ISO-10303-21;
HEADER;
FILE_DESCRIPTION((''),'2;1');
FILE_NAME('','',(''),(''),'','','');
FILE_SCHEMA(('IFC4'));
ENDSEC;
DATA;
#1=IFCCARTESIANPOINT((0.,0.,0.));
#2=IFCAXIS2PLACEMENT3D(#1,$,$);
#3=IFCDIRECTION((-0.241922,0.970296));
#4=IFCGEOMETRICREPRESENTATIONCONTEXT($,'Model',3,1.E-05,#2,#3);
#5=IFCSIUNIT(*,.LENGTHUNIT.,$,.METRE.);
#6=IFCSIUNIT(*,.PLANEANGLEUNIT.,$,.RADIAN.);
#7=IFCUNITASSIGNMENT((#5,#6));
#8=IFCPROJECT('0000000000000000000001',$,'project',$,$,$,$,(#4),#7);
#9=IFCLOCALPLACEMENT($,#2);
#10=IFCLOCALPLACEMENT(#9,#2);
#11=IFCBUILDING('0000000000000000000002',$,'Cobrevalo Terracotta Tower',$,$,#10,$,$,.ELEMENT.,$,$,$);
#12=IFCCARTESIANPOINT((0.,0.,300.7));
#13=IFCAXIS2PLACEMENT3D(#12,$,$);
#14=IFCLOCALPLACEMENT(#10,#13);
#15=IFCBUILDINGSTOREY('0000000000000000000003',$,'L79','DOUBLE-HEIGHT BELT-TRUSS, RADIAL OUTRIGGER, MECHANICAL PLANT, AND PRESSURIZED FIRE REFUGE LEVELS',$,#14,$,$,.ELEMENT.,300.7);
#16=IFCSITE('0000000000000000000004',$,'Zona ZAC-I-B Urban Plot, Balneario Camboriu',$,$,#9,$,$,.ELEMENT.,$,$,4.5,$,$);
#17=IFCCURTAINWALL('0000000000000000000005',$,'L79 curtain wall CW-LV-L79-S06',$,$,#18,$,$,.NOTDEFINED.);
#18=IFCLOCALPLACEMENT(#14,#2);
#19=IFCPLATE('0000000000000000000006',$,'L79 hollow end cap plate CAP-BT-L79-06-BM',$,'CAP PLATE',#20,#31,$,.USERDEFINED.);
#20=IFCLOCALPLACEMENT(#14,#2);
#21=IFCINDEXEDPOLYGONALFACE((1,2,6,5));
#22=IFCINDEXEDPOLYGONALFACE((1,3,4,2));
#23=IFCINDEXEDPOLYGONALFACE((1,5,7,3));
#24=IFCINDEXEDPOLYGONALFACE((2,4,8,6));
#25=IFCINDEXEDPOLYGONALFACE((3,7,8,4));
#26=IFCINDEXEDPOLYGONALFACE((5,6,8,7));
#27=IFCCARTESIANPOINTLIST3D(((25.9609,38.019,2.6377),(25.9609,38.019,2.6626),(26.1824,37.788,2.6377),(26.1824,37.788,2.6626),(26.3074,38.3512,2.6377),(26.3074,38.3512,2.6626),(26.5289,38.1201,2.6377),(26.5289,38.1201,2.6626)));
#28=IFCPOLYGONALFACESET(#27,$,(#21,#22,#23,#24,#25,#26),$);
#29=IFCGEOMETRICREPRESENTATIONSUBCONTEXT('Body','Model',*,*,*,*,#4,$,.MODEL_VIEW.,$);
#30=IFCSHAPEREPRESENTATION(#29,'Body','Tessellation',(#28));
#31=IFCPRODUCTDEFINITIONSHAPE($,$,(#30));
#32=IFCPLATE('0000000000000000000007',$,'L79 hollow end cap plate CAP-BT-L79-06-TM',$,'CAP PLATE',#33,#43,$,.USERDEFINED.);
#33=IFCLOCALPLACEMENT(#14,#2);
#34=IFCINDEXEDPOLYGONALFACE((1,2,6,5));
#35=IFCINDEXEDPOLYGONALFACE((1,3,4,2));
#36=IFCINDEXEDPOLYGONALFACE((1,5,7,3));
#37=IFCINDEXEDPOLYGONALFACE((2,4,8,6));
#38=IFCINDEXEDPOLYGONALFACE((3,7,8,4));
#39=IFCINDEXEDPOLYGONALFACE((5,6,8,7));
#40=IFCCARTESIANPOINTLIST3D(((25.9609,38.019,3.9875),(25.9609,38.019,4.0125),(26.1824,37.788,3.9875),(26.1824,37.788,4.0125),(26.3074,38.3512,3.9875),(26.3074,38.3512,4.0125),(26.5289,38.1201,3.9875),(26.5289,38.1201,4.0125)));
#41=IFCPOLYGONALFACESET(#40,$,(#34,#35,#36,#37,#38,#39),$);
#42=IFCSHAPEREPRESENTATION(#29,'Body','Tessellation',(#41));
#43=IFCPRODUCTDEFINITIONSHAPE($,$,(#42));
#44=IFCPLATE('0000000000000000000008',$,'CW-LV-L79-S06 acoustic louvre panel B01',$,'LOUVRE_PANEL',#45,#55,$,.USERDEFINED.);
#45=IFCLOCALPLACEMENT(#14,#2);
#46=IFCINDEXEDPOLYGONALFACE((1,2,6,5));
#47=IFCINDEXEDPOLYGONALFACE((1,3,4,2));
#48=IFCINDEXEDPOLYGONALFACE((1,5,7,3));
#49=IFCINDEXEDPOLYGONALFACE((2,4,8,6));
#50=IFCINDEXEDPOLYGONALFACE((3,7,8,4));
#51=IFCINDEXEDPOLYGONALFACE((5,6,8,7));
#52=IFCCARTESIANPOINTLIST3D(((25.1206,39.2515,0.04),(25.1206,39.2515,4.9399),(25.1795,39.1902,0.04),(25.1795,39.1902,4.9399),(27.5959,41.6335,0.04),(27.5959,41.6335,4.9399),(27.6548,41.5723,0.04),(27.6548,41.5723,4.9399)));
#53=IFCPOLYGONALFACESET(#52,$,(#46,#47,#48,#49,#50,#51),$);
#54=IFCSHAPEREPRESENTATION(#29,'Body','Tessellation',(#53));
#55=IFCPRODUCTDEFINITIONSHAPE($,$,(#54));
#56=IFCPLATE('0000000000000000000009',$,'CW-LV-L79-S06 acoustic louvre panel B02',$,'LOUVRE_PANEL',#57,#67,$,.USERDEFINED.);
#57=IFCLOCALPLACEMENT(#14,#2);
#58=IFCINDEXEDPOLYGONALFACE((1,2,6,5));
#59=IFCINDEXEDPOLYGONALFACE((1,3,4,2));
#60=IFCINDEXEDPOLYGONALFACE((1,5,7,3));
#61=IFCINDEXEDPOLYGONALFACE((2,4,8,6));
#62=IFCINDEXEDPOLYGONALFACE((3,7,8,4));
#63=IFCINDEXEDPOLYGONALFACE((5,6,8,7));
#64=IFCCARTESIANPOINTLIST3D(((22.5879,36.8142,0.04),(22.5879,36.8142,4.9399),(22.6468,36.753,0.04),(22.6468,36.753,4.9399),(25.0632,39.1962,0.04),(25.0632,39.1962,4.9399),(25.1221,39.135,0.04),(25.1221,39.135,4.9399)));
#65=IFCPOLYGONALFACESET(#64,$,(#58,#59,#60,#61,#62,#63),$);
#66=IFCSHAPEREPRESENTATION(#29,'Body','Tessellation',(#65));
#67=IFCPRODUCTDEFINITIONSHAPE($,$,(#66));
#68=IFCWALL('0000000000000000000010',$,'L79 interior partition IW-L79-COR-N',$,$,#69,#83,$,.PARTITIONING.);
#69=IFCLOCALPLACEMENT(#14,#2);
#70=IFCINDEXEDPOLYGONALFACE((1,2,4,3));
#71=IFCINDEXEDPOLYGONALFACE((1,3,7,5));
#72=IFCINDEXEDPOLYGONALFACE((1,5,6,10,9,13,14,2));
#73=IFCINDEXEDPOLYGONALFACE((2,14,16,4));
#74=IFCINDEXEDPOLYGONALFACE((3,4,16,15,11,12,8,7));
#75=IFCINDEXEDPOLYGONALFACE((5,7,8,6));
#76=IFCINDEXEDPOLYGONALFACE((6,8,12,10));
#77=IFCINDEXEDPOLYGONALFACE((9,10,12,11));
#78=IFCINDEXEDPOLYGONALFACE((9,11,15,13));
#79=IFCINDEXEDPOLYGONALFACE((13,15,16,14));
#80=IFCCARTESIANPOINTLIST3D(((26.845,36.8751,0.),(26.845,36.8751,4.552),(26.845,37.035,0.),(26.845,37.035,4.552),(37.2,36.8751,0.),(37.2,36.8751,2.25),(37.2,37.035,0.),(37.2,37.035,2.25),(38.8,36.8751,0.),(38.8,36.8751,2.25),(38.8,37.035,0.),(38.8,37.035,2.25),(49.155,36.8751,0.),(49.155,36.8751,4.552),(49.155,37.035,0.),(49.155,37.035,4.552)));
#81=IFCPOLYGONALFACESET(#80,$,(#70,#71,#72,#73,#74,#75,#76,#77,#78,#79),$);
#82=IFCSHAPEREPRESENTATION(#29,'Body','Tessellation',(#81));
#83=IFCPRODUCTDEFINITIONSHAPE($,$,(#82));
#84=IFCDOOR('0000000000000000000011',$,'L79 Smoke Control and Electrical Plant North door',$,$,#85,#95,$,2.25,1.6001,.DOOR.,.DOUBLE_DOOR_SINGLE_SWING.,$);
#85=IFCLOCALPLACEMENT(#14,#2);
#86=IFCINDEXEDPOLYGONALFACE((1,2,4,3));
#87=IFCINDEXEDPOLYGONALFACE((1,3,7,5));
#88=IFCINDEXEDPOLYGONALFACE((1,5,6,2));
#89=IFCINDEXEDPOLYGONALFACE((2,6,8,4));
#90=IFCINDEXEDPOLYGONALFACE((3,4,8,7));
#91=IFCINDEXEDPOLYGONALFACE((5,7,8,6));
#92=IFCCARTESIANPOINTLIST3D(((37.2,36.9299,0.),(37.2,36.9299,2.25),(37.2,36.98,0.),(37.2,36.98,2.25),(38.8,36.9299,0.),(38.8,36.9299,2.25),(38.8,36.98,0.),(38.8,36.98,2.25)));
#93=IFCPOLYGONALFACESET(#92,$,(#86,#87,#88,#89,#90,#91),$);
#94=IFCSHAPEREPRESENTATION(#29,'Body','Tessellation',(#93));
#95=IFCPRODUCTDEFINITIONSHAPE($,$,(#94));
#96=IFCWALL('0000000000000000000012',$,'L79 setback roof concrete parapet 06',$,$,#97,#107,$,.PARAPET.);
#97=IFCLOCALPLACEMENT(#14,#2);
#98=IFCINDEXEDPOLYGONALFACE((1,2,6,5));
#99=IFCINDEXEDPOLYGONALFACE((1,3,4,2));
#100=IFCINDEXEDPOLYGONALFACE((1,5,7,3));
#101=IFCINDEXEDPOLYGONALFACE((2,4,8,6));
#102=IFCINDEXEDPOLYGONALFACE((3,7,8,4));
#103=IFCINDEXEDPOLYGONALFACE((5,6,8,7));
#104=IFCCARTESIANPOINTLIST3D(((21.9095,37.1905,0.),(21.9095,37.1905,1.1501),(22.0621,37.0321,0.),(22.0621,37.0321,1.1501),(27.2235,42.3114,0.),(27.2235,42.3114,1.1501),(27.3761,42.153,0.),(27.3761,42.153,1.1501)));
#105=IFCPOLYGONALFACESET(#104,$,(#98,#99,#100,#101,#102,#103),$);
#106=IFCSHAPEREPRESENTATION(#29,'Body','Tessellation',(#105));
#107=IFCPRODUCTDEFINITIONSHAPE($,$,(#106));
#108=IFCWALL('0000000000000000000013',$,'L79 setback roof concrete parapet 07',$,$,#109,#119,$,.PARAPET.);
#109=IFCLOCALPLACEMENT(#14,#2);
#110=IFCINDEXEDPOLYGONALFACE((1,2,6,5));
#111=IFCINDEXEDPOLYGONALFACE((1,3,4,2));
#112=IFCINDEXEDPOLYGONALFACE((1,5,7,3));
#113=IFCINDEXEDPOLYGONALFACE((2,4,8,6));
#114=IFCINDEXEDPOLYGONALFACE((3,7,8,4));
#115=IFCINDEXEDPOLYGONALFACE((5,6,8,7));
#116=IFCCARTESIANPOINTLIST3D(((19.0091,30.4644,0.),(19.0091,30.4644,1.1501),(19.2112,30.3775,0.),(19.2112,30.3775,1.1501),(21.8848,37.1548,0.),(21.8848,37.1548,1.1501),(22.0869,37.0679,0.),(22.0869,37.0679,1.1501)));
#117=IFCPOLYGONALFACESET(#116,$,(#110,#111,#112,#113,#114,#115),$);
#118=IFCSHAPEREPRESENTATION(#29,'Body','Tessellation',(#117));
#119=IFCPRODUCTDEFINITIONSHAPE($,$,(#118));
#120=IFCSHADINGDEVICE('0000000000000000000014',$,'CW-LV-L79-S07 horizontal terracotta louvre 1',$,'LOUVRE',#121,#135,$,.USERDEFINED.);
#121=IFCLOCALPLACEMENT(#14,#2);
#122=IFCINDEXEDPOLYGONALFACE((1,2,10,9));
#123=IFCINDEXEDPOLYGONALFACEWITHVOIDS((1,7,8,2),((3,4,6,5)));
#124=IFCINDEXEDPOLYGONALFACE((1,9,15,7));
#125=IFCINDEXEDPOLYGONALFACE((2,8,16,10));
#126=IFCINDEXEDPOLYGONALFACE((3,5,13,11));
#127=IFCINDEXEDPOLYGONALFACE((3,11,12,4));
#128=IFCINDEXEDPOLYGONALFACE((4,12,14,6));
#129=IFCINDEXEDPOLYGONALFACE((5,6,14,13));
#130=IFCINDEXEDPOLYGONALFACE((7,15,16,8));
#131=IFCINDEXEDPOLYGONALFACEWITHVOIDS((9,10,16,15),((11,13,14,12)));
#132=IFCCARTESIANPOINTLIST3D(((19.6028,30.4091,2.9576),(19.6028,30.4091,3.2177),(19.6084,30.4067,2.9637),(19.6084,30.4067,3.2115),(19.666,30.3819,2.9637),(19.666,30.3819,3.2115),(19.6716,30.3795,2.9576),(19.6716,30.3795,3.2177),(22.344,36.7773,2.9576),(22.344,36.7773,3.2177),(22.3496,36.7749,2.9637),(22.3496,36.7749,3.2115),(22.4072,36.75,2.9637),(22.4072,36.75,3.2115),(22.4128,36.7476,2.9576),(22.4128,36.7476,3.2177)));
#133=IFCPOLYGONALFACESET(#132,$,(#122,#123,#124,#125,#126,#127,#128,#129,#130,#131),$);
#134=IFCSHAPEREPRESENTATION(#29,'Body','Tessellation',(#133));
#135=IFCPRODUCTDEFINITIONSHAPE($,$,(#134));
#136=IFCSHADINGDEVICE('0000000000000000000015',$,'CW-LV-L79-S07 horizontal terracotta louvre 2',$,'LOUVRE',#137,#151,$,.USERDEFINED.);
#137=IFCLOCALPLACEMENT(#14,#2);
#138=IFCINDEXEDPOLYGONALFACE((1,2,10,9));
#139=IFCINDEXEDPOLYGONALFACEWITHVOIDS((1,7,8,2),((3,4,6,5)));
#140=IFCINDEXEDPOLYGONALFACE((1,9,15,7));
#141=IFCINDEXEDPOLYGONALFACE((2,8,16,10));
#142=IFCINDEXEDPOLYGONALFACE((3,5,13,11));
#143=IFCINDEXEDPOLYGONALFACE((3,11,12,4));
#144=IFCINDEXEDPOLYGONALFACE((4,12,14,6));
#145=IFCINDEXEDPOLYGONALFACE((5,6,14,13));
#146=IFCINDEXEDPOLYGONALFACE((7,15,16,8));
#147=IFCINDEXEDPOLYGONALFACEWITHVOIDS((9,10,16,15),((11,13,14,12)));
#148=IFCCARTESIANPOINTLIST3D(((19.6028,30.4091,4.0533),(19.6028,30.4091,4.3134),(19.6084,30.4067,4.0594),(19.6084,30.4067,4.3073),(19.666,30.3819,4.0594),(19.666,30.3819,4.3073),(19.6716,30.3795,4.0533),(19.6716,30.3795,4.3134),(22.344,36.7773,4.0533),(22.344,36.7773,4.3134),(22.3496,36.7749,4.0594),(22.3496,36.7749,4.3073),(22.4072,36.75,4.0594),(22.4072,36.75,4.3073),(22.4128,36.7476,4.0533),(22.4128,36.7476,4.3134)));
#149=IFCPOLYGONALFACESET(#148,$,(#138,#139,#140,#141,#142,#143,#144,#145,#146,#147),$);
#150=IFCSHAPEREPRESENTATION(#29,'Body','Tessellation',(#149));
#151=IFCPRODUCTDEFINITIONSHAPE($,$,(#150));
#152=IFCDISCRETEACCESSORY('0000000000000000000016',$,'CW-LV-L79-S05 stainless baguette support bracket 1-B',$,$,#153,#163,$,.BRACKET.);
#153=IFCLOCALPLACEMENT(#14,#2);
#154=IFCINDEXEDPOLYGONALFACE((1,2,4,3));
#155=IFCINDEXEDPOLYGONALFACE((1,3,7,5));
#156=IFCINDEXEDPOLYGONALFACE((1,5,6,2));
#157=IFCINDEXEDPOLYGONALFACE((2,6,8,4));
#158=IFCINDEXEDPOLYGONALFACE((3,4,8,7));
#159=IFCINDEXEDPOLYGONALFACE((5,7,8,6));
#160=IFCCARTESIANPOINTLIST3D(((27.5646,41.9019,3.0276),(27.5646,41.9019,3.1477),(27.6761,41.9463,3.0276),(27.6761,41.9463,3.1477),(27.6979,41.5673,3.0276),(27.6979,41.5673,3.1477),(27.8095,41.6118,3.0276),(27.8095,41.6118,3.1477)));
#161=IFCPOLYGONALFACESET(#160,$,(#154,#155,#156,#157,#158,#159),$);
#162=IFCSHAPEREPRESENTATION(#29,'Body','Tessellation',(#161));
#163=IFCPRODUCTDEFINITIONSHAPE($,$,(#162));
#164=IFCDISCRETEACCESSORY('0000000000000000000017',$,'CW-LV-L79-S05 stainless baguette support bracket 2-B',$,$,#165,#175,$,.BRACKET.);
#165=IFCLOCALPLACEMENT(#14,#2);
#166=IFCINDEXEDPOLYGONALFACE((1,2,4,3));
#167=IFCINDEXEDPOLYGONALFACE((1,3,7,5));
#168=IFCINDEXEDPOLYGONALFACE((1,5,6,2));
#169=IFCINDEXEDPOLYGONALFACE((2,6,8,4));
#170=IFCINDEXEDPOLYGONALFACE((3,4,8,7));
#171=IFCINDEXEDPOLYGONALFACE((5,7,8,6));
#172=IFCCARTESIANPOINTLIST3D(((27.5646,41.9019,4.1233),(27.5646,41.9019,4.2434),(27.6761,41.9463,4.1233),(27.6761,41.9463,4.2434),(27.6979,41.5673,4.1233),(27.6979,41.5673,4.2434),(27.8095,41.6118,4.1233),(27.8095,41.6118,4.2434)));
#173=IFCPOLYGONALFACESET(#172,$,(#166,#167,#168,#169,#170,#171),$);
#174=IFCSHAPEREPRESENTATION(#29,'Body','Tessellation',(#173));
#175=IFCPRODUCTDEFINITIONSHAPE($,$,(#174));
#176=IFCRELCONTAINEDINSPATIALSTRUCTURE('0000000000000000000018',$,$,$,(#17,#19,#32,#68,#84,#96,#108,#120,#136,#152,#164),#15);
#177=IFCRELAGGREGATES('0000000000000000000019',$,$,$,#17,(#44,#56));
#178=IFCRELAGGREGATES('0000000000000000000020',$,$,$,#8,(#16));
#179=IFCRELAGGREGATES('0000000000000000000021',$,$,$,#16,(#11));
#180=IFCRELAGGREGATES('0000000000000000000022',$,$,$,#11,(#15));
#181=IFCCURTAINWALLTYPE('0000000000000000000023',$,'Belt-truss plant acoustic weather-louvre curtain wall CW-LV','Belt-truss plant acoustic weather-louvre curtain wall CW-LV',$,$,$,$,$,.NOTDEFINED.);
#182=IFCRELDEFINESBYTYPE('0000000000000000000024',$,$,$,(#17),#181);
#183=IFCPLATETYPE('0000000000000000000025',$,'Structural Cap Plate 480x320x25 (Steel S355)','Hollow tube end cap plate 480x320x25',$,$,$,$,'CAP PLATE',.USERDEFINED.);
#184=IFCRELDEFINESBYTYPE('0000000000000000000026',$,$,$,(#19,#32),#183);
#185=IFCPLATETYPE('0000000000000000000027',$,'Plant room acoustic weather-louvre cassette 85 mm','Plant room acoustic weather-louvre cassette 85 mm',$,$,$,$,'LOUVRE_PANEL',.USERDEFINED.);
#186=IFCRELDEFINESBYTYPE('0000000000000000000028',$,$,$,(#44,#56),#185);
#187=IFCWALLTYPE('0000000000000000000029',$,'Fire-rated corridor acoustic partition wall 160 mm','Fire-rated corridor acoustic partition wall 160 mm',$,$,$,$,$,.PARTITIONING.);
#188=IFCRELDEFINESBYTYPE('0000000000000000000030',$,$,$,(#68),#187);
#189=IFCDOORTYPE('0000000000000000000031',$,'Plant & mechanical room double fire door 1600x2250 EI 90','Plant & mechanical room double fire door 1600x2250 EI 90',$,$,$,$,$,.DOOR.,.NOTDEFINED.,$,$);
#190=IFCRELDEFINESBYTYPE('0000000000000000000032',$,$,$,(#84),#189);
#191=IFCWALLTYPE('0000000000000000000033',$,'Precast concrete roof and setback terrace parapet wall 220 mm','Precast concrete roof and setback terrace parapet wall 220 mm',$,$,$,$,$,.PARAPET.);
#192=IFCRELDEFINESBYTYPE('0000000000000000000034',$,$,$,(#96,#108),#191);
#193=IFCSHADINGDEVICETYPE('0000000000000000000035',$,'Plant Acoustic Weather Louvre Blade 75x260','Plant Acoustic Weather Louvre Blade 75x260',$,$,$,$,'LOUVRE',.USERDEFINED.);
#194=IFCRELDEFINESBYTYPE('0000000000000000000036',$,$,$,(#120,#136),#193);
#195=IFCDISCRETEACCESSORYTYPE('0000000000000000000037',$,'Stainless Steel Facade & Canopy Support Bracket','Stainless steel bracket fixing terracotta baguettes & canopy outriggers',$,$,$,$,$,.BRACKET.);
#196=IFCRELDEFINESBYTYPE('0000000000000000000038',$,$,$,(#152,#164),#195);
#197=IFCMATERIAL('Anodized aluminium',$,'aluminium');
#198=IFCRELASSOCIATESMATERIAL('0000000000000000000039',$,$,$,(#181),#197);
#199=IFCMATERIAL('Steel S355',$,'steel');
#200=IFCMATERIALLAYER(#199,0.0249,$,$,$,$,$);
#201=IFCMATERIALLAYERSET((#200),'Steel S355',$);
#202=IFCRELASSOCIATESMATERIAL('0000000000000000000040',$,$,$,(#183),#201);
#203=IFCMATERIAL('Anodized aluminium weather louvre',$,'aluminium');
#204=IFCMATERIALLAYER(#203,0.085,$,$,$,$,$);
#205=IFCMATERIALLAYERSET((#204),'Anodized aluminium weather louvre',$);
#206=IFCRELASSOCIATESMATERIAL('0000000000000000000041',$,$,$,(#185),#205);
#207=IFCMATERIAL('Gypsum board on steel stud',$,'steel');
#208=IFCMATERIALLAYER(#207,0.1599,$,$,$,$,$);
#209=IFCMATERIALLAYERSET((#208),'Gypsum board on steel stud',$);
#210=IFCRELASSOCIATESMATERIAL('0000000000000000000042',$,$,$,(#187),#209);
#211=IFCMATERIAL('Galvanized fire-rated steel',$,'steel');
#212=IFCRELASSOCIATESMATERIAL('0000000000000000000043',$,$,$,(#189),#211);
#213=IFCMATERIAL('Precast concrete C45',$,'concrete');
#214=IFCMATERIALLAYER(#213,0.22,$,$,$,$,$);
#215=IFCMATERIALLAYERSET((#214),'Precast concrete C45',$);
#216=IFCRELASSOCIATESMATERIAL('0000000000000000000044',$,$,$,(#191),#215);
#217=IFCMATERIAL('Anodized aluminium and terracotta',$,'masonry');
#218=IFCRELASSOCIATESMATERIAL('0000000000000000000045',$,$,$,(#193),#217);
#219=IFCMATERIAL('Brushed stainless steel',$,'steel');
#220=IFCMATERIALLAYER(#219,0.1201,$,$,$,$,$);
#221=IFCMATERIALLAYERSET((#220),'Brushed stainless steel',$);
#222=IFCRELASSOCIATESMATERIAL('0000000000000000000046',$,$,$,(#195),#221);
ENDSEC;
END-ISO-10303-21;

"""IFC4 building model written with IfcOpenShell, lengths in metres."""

from ifc_helpers import new_model, si_unit, direction, frame, frame_2d, origin, origin_2d, place, context, subcontext, project, spatial, rectangle, hollow_rectangle, extrude, source, transform, mapped, material, layer, layer_set, material_profile, profile_set, type_object, element, fill, aggregate, save


model = new_model("IFC4")

# Units and contexts
model_context = context("Model", 3, precision=1e-05, world=origin(), true_north=direction((-0.241922, 0.970296)))
body_context = subcontext(model_context, "Body", "Model", "MODEL_VIEW")
ifc_project = project(units=[si_unit("LENGTHUNIT", "METRE"), si_unit("PLANEANGLEUNIT", "RADIAN")], contexts=[model_context])

# Site, building, storey
site_placement = place(None, origin())
site = spatial("IfcSite", under=ifc_project, at=site_placement, Name="Zona ZAC-I-B Urban Plot, Balneario Camboriu", CompositionType="ELEMENT", RefElevation=4.5)
building_placement = place(site_placement, origin())
building = spatial("IfcBuilding", under=site, at=building_placement, Name="Cobrevalo Terracotta Tower", CompositionType="ELEMENT")
storey_placement = place(building_placement, frame((0.0, 0.0, 300.7)))
storey = spatial("IfcBuildingStorey", under=building, at=storey_placement, Name="L79", Description="DOUBLE-HEIGHT BELT-TRUSS, RADIAL OUTRIGGER, MECHANICAL PLANT, AND PRESSURIZED FIRE REFUGE LEVELS", CompositionType="ELEMENT", Elevation=300.7)

# Shared definitions
ifc_material_1 = material(Name="Steel S355", Category="steel")

# Shared definitions
ifc_material_2 = material(Name="Anodized aluminium", Category="aluminium")
curtain_wall_type = type_object("IfcCurtainWallType", Name="Belt-truss plant acoustic weather-louvre curtain wall CW-LV", Description="Belt-truss plant acoustic weather-louvre curtain wall CW-LV", PredefinedType="NOTDEFINED", material=ifc_material_2)

# Curtain wall
curtain_wall_1_placement = place(storey_placement, origin())
curtain_wall_1 = element("IfcCurtainWall", 1, at=curtain_wall_1_placement, inside=storey, type_object=curtain_wall_type, Name="L79 curtain wall CW-LV-L79-S06", PredefinedType="NOTDEFINED")

# Plates
ifc_layer_1 = layer(ifc_material_1, 0.0249)
ifc_layer_set_1 = layer_set([ifc_layer_1], Name="Steel S355")
plate_type_1 = type_object("IfcPlateType", Name="Structural Cap Plate 480x320x25 (Steel S355)", Description="Hollow tube end cap plate 480x320x25", ElementType="CAP PLATE", PredefinedType="USERDEFINED", material=ifc_layer_set_1)
shared_shape_1 = source(origin(), body_context, "Body", "SweptSolid", [
    extrude(rectangle(XDim=0.48, YDim=0.3201, at=origin_2d()), origin(), (0.0, 0.0, 1.0), 0.0249),
])
for number, where, z_axis, x_axis, name in (
    (2, (26.2449, 38.0696, 2.6377), (0.0, 0.0, 1.0), (-0.721856, -0.692044, 0.0), "L79 hollow end cap plate CAP-BT-L79-06-BM"),
    (3, (26.2449, 38.0696, 3.9875), (0.0, 0.0, 1.0), (-0.721856, -0.692044, 0.0), "L79 hollow end cap plate CAP-BT-L79-06-TM"),
):
    element("IfcPlate", number, at=place(storey_placement, frame(where, z_axis=z_axis, x_axis=x_axis)), inside=storey, type_object=plate_type_1, Name=name, ObjectType="CAP PLATE", PredefinedType="USERDEFINED", context=body_context, shape_type="MappedRepresentation", body=[
        mapped(shared_shape_1, transform((0.0, 0.0, 0.0), scale=1.0)),
    ])

# Plates
ifc_material_3 = material(Name="Anodized aluminium weather louvre", Category="aluminium")
ifc_layer_2 = layer(ifc_material_3, 0.085)
ifc_layer_set_2 = layer_set([ifc_layer_2], Name="Anodized aluminium weather louvre")
plate_type_2 = type_object("IfcPlateType", Name="Plant room acoustic weather-louvre cassette 85 mm", Description="Plant room acoustic weather-louvre cassette 85 mm", ElementType="LOUVRE_PANEL", PredefinedType="USERDEFINED", material=ifc_layer_set_2)
shared_shape_2 = source(origin(), body_context, "Body", "SweptSolid", [
    extrude(rectangle(XDim=3.4353, YDim=0.085, at=origin_2d()), origin(), (0.0, 0.0, 1.0), 4.8999),
])
plate_1_placement = place(storey_placement, frame((26.3877, 40.4119, 0.04), z_axis=(0.0, 0.0, 1.0), x_axis=(-0.720557, -0.693396, 0.0)))
plate_1 = element("IfcPlate", 4, at=plate_1_placement, type_object=plate_type_2, Name="CW-LV-L79-S06 acoustic louvre panel B01", ObjectType="LOUVRE_PANEL", PredefinedType="USERDEFINED", context=body_context, shape_type="MappedRepresentation", body=[
    mapped(shared_shape_2, transform((0.0, 0.0, 0.0), scale=1.0)),
])
plate_2_placement = place(storey_placement, frame((23.855, 37.9746, 0.04), z_axis=(0.0, 0.0, 1.0), x_axis=(-0.720557, -0.693396, 0.0)))
plate_2 = element("IfcPlate", 5, at=plate_2_placement, type_object=plate_type_2, Name="CW-LV-L79-S06 acoustic louvre panel B02", ObjectType="LOUVRE_PANEL", PredefinedType="USERDEFINED", context=body_context, shape_type="MappedRepresentation", body=[
    mapped(shared_shape_2, transform((0.0, 0.0, 0.0), scale=1.0)),
])
aggregate(curtain_wall_1, [plate_1, plate_2])

# Wall, opening, door
ifc_material_4 = material(Name="Gypsum board on steel stud", Category="steel")
ifc_layer_3 = layer(ifc_material_4, 0.1599)
ifc_layer_set_3 = layer_set([ifc_layer_3], Name="Gypsum board on steel stud")
wall_type_1 = type_object("IfcWallType", Name="Fire-rated corridor acoustic partition wall 160 mm", Description="Fire-rated corridor acoustic partition wall 160 mm", PredefinedType="PARTITIONING", material=ifc_layer_set_3)
wall_1_placement = place(storey_placement, frame((26.845, 36.9551, 0.0), z_axis=(0.0, 0.0, 1.0), x_axis=(1.0, 0.0, 0.0)))
wall_1 = element("IfcWall", 6, at=wall_1_placement, inside=storey, type_object=wall_type_1, Name="L79 interior partition IW-L79-COR-N", PredefinedType="PARTITIONING", context=body_context, shape_type="SweptSolid", body=[
    extrude(rectangle(XDim=22.3101, YDim=0.1599, at=frame_2d((11.155, 0.0))), origin(), (0.0, 0.0, 1.0), 4.552),
])
opening_placement = place(wall_1_placement, frame((10.355, 0.0, 0.0)))
opening = element("IfcOpeningElement", 7, at=opening_placement, cuts=wall_1, PredefinedType="OPENING", context=body_context, shape_type="SweptSolid", body=[
    extrude(rectangle(XDim=1.6001, YDim=2.25, at=frame_2d((0.8, 1.125))), frame((0.0, 0.0898, 0.0), z_axis=(0.0, -1.0, 0.0), x_axis=(1.0, 0.0, 0.0)), (0.0, 0.0, 1.0), 0.1799),
])
ifc_material_5 = material(Name="Galvanized fire-rated steel", Category="steel")
door_type = type_object("IfcDoorType", Name="Plant & mechanical room double fire door 1600x2250 EI 90", Description="Plant & mechanical room double fire door 1600x2250 EI 90", OperationType="NOTDEFINED", PredefinedType="DOOR", material=ifc_material_5)
shared_shape_3 = source(origin(), body_context, "Body", "SweptSolid", [
    extrude(rectangle(XDim=1.6001, YDim=2.25, at=frame_2d((0.8, 1.125))), frame((0.0, 0.0249, 0.0), z_axis=(0.0, -1.0, 0.0), x_axis=(1.0, 0.0, 0.0)), (0.0, 0.0, 1.0), 0.05),
])
door_placement = place(opening_placement, origin())
door = element("IfcDoor", 8, at=door_placement, inside=storey, type_object=door_type, Name="L79 Smoke Control and Electrical Plant North door", OperationType="DOUBLE_DOOR_SINGLE_SWING", OverallHeight=2.25, OverallWidth=1.6001, PredefinedType="DOOR", context=body_context, shape_type="MappedRepresentation", body=[
    mapped(shared_shape_3, transform((0.0, 0.0, 0.0), scale=1.0)),
])
fill(opening, door)

# Walls
ifc_material_6 = material(Name="Precast concrete C45", Category="concrete")
ifc_layer_4 = layer(ifc_material_6, 0.22)
ifc_layer_set_4 = layer_set([ifc_layer_4], Name="Precast concrete C45")
wall_type_2 = type_object("IfcWallType", Name="Precast concrete roof and setback terrace parapet wall 220 mm", Description="Precast concrete roof and setback terrace parapet wall 220 mm", PredefinedType="PARAPET", material=ifc_layer_set_4)
wall_2_placement = place(storey_placement, frame((27.2998, 42.2322, 0.0), z_axis=(0.0, 0.0, 1.0), x_axis=(-0.72007, -0.693902, 0.0)))
element("IfcWall", 9, at=wall_2_placement, inside=storey, type_object=wall_type_2, Name="L79 setback roof concrete parapet 06", PredefinedType="PARAPET", context=body_context, shape_type="SweptSolid", body=[
    extrude(rectangle(XDim=7.3799, YDim=0.22, at=frame_2d((3.6899, 0.0))), origin(), (0.0, 0.0, 1.0), 1.1501),
])
wall_3_placement = place(storey_placement, frame((21.9858, 37.1113, 0.0), z_axis=(0.0, 0.0, 1.0), x_axis=(-0.394894, -0.918727, 0.0)))
element("IfcWall", 10, at=wall_3_placement, inside=storey, type_object=wall_type_2, Name="L79 setback roof concrete parapet 07", PredefinedType="PARAPET", context=body_context, shape_type="SweptSolid", body=[
    extrude(rectangle(XDim=7.2822, YDim=0.22, at=frame_2d((3.6411, 0.0))), origin(), (0.0, 0.0, 1.0), 1.1501),
])

# Shading devices
ifc_material_7 = material(Name="Anodized aluminium and terracotta", Category="masonry")
ifc_material_profile_1 = material_profile(ifc_material_7, hollow_rectangle(XDim=0.075, YDim=0.26, WallThickness=0.0061, at=origin_2d()), Name="LOUVRE BLADE 75x260")
ifc_profile_set_1 = profile_set([ifc_material_profile_1], Name="Anodized aluminium and terracotta")
shading_device_type = type_object("IfcShadingDeviceType", Name="Plant Acoustic Weather Louvre Blade 75x260", Description="Plant Acoustic Weather Louvre Blade 75x260", ElementType="LOUVRE", PredefinedType="USERDEFINED", material=ifc_profile_set_1)
shared_shape_4 = source(origin(), body_context, "Body", "SweptSolid", [
    extrude(hollow_rectangle(XDim=0.075, YDim=0.26, WallThickness=0.0061, at=origin_2d()), origin(), (0.0, 0.0, 1.0), 6.9331),
])
for number, where, z_axis, x_axis, name in (
    (11, (22.3784, 36.7625, 3.0876), (-0.395381, -0.918517, 0.0), (0.918517, -0.395381, 0.0), "CW-LV-L79-S07 horizontal terracotta louvre 1"),
    (12, (22.3784, 36.7625, 4.1833), (-0.395381, -0.918517, 0.0), (0.918517, -0.395381, 0.0), "CW-LV-L79-S07 horizontal terracotta louvre 2"),
):
    element("IfcShadingDevice", number, at=place(storey_placement, frame(where, z_axis=z_axis, x_axis=x_axis)), inside=storey, type_object=shading_device_type, Name=name, ObjectType="LOUVRE", PredefinedType="USERDEFINED", context=body_context, shape_type="MappedRepresentation", body=[
        mapped(shared_shape_4, transform((0.0, 0.0, 0.0), scale=1.0)),
    ])

# Discrete accessories
ifc_material_8 = material(Name="Brushed stainless steel", Category="steel")
ifc_layer_5 = layer(ifc_material_8, 0.1201)
ifc_layer_set_5 = layer_set([ifc_layer_5], Name="Brushed stainless steel")
discrete_accessory_type = type_object("IfcDiscreteAccessoryType", Name="Stainless Steel Facade & Canopy Support Bracket", Description="Stainless steel bracket fixing terracotta baguettes & canopy outriggers", PredefinedType="BRACKET", material=ifc_layer_set_5)
shared_shape_5 = source(origin(), body_context, "Body", "SweptSolid", [
    extrude(rectangle(XDim=0.1201, YDim=0.3601, at=origin_2d()), origin(), (0.0, 0.0, 1.0), 0.1201),
])
for number, where, z_axis, x_axis, name in (
    (13, (27.687, 41.7568, 3.0276), (0.0, 0.0, 1.0), (-0.928925, -0.370269, 0.0), "CW-LV-L79-S05 stainless baguette support bracket 1-B"),
    (14, (27.687, 41.7568, 4.1233), (0.0, 0.0, 1.0), (-0.928925, -0.370269, 0.0), "CW-LV-L79-S05 stainless baguette support bracket 2-B"),
):
    element("IfcDiscreteAccessory", number, at=place(storey_placement, frame(where, z_axis=z_axis, x_axis=x_axis)), inside=storey, type_object=discrete_accessory_type, Name=name, PredefinedType="BRACKET", context=body_context, shape_type="MappedRepresentation", body=[
        mapped(shared_shape_5, transform((0.0, 0.0, 0.0), scale=1.0)),
    ])

save(model, "model.ifc")
